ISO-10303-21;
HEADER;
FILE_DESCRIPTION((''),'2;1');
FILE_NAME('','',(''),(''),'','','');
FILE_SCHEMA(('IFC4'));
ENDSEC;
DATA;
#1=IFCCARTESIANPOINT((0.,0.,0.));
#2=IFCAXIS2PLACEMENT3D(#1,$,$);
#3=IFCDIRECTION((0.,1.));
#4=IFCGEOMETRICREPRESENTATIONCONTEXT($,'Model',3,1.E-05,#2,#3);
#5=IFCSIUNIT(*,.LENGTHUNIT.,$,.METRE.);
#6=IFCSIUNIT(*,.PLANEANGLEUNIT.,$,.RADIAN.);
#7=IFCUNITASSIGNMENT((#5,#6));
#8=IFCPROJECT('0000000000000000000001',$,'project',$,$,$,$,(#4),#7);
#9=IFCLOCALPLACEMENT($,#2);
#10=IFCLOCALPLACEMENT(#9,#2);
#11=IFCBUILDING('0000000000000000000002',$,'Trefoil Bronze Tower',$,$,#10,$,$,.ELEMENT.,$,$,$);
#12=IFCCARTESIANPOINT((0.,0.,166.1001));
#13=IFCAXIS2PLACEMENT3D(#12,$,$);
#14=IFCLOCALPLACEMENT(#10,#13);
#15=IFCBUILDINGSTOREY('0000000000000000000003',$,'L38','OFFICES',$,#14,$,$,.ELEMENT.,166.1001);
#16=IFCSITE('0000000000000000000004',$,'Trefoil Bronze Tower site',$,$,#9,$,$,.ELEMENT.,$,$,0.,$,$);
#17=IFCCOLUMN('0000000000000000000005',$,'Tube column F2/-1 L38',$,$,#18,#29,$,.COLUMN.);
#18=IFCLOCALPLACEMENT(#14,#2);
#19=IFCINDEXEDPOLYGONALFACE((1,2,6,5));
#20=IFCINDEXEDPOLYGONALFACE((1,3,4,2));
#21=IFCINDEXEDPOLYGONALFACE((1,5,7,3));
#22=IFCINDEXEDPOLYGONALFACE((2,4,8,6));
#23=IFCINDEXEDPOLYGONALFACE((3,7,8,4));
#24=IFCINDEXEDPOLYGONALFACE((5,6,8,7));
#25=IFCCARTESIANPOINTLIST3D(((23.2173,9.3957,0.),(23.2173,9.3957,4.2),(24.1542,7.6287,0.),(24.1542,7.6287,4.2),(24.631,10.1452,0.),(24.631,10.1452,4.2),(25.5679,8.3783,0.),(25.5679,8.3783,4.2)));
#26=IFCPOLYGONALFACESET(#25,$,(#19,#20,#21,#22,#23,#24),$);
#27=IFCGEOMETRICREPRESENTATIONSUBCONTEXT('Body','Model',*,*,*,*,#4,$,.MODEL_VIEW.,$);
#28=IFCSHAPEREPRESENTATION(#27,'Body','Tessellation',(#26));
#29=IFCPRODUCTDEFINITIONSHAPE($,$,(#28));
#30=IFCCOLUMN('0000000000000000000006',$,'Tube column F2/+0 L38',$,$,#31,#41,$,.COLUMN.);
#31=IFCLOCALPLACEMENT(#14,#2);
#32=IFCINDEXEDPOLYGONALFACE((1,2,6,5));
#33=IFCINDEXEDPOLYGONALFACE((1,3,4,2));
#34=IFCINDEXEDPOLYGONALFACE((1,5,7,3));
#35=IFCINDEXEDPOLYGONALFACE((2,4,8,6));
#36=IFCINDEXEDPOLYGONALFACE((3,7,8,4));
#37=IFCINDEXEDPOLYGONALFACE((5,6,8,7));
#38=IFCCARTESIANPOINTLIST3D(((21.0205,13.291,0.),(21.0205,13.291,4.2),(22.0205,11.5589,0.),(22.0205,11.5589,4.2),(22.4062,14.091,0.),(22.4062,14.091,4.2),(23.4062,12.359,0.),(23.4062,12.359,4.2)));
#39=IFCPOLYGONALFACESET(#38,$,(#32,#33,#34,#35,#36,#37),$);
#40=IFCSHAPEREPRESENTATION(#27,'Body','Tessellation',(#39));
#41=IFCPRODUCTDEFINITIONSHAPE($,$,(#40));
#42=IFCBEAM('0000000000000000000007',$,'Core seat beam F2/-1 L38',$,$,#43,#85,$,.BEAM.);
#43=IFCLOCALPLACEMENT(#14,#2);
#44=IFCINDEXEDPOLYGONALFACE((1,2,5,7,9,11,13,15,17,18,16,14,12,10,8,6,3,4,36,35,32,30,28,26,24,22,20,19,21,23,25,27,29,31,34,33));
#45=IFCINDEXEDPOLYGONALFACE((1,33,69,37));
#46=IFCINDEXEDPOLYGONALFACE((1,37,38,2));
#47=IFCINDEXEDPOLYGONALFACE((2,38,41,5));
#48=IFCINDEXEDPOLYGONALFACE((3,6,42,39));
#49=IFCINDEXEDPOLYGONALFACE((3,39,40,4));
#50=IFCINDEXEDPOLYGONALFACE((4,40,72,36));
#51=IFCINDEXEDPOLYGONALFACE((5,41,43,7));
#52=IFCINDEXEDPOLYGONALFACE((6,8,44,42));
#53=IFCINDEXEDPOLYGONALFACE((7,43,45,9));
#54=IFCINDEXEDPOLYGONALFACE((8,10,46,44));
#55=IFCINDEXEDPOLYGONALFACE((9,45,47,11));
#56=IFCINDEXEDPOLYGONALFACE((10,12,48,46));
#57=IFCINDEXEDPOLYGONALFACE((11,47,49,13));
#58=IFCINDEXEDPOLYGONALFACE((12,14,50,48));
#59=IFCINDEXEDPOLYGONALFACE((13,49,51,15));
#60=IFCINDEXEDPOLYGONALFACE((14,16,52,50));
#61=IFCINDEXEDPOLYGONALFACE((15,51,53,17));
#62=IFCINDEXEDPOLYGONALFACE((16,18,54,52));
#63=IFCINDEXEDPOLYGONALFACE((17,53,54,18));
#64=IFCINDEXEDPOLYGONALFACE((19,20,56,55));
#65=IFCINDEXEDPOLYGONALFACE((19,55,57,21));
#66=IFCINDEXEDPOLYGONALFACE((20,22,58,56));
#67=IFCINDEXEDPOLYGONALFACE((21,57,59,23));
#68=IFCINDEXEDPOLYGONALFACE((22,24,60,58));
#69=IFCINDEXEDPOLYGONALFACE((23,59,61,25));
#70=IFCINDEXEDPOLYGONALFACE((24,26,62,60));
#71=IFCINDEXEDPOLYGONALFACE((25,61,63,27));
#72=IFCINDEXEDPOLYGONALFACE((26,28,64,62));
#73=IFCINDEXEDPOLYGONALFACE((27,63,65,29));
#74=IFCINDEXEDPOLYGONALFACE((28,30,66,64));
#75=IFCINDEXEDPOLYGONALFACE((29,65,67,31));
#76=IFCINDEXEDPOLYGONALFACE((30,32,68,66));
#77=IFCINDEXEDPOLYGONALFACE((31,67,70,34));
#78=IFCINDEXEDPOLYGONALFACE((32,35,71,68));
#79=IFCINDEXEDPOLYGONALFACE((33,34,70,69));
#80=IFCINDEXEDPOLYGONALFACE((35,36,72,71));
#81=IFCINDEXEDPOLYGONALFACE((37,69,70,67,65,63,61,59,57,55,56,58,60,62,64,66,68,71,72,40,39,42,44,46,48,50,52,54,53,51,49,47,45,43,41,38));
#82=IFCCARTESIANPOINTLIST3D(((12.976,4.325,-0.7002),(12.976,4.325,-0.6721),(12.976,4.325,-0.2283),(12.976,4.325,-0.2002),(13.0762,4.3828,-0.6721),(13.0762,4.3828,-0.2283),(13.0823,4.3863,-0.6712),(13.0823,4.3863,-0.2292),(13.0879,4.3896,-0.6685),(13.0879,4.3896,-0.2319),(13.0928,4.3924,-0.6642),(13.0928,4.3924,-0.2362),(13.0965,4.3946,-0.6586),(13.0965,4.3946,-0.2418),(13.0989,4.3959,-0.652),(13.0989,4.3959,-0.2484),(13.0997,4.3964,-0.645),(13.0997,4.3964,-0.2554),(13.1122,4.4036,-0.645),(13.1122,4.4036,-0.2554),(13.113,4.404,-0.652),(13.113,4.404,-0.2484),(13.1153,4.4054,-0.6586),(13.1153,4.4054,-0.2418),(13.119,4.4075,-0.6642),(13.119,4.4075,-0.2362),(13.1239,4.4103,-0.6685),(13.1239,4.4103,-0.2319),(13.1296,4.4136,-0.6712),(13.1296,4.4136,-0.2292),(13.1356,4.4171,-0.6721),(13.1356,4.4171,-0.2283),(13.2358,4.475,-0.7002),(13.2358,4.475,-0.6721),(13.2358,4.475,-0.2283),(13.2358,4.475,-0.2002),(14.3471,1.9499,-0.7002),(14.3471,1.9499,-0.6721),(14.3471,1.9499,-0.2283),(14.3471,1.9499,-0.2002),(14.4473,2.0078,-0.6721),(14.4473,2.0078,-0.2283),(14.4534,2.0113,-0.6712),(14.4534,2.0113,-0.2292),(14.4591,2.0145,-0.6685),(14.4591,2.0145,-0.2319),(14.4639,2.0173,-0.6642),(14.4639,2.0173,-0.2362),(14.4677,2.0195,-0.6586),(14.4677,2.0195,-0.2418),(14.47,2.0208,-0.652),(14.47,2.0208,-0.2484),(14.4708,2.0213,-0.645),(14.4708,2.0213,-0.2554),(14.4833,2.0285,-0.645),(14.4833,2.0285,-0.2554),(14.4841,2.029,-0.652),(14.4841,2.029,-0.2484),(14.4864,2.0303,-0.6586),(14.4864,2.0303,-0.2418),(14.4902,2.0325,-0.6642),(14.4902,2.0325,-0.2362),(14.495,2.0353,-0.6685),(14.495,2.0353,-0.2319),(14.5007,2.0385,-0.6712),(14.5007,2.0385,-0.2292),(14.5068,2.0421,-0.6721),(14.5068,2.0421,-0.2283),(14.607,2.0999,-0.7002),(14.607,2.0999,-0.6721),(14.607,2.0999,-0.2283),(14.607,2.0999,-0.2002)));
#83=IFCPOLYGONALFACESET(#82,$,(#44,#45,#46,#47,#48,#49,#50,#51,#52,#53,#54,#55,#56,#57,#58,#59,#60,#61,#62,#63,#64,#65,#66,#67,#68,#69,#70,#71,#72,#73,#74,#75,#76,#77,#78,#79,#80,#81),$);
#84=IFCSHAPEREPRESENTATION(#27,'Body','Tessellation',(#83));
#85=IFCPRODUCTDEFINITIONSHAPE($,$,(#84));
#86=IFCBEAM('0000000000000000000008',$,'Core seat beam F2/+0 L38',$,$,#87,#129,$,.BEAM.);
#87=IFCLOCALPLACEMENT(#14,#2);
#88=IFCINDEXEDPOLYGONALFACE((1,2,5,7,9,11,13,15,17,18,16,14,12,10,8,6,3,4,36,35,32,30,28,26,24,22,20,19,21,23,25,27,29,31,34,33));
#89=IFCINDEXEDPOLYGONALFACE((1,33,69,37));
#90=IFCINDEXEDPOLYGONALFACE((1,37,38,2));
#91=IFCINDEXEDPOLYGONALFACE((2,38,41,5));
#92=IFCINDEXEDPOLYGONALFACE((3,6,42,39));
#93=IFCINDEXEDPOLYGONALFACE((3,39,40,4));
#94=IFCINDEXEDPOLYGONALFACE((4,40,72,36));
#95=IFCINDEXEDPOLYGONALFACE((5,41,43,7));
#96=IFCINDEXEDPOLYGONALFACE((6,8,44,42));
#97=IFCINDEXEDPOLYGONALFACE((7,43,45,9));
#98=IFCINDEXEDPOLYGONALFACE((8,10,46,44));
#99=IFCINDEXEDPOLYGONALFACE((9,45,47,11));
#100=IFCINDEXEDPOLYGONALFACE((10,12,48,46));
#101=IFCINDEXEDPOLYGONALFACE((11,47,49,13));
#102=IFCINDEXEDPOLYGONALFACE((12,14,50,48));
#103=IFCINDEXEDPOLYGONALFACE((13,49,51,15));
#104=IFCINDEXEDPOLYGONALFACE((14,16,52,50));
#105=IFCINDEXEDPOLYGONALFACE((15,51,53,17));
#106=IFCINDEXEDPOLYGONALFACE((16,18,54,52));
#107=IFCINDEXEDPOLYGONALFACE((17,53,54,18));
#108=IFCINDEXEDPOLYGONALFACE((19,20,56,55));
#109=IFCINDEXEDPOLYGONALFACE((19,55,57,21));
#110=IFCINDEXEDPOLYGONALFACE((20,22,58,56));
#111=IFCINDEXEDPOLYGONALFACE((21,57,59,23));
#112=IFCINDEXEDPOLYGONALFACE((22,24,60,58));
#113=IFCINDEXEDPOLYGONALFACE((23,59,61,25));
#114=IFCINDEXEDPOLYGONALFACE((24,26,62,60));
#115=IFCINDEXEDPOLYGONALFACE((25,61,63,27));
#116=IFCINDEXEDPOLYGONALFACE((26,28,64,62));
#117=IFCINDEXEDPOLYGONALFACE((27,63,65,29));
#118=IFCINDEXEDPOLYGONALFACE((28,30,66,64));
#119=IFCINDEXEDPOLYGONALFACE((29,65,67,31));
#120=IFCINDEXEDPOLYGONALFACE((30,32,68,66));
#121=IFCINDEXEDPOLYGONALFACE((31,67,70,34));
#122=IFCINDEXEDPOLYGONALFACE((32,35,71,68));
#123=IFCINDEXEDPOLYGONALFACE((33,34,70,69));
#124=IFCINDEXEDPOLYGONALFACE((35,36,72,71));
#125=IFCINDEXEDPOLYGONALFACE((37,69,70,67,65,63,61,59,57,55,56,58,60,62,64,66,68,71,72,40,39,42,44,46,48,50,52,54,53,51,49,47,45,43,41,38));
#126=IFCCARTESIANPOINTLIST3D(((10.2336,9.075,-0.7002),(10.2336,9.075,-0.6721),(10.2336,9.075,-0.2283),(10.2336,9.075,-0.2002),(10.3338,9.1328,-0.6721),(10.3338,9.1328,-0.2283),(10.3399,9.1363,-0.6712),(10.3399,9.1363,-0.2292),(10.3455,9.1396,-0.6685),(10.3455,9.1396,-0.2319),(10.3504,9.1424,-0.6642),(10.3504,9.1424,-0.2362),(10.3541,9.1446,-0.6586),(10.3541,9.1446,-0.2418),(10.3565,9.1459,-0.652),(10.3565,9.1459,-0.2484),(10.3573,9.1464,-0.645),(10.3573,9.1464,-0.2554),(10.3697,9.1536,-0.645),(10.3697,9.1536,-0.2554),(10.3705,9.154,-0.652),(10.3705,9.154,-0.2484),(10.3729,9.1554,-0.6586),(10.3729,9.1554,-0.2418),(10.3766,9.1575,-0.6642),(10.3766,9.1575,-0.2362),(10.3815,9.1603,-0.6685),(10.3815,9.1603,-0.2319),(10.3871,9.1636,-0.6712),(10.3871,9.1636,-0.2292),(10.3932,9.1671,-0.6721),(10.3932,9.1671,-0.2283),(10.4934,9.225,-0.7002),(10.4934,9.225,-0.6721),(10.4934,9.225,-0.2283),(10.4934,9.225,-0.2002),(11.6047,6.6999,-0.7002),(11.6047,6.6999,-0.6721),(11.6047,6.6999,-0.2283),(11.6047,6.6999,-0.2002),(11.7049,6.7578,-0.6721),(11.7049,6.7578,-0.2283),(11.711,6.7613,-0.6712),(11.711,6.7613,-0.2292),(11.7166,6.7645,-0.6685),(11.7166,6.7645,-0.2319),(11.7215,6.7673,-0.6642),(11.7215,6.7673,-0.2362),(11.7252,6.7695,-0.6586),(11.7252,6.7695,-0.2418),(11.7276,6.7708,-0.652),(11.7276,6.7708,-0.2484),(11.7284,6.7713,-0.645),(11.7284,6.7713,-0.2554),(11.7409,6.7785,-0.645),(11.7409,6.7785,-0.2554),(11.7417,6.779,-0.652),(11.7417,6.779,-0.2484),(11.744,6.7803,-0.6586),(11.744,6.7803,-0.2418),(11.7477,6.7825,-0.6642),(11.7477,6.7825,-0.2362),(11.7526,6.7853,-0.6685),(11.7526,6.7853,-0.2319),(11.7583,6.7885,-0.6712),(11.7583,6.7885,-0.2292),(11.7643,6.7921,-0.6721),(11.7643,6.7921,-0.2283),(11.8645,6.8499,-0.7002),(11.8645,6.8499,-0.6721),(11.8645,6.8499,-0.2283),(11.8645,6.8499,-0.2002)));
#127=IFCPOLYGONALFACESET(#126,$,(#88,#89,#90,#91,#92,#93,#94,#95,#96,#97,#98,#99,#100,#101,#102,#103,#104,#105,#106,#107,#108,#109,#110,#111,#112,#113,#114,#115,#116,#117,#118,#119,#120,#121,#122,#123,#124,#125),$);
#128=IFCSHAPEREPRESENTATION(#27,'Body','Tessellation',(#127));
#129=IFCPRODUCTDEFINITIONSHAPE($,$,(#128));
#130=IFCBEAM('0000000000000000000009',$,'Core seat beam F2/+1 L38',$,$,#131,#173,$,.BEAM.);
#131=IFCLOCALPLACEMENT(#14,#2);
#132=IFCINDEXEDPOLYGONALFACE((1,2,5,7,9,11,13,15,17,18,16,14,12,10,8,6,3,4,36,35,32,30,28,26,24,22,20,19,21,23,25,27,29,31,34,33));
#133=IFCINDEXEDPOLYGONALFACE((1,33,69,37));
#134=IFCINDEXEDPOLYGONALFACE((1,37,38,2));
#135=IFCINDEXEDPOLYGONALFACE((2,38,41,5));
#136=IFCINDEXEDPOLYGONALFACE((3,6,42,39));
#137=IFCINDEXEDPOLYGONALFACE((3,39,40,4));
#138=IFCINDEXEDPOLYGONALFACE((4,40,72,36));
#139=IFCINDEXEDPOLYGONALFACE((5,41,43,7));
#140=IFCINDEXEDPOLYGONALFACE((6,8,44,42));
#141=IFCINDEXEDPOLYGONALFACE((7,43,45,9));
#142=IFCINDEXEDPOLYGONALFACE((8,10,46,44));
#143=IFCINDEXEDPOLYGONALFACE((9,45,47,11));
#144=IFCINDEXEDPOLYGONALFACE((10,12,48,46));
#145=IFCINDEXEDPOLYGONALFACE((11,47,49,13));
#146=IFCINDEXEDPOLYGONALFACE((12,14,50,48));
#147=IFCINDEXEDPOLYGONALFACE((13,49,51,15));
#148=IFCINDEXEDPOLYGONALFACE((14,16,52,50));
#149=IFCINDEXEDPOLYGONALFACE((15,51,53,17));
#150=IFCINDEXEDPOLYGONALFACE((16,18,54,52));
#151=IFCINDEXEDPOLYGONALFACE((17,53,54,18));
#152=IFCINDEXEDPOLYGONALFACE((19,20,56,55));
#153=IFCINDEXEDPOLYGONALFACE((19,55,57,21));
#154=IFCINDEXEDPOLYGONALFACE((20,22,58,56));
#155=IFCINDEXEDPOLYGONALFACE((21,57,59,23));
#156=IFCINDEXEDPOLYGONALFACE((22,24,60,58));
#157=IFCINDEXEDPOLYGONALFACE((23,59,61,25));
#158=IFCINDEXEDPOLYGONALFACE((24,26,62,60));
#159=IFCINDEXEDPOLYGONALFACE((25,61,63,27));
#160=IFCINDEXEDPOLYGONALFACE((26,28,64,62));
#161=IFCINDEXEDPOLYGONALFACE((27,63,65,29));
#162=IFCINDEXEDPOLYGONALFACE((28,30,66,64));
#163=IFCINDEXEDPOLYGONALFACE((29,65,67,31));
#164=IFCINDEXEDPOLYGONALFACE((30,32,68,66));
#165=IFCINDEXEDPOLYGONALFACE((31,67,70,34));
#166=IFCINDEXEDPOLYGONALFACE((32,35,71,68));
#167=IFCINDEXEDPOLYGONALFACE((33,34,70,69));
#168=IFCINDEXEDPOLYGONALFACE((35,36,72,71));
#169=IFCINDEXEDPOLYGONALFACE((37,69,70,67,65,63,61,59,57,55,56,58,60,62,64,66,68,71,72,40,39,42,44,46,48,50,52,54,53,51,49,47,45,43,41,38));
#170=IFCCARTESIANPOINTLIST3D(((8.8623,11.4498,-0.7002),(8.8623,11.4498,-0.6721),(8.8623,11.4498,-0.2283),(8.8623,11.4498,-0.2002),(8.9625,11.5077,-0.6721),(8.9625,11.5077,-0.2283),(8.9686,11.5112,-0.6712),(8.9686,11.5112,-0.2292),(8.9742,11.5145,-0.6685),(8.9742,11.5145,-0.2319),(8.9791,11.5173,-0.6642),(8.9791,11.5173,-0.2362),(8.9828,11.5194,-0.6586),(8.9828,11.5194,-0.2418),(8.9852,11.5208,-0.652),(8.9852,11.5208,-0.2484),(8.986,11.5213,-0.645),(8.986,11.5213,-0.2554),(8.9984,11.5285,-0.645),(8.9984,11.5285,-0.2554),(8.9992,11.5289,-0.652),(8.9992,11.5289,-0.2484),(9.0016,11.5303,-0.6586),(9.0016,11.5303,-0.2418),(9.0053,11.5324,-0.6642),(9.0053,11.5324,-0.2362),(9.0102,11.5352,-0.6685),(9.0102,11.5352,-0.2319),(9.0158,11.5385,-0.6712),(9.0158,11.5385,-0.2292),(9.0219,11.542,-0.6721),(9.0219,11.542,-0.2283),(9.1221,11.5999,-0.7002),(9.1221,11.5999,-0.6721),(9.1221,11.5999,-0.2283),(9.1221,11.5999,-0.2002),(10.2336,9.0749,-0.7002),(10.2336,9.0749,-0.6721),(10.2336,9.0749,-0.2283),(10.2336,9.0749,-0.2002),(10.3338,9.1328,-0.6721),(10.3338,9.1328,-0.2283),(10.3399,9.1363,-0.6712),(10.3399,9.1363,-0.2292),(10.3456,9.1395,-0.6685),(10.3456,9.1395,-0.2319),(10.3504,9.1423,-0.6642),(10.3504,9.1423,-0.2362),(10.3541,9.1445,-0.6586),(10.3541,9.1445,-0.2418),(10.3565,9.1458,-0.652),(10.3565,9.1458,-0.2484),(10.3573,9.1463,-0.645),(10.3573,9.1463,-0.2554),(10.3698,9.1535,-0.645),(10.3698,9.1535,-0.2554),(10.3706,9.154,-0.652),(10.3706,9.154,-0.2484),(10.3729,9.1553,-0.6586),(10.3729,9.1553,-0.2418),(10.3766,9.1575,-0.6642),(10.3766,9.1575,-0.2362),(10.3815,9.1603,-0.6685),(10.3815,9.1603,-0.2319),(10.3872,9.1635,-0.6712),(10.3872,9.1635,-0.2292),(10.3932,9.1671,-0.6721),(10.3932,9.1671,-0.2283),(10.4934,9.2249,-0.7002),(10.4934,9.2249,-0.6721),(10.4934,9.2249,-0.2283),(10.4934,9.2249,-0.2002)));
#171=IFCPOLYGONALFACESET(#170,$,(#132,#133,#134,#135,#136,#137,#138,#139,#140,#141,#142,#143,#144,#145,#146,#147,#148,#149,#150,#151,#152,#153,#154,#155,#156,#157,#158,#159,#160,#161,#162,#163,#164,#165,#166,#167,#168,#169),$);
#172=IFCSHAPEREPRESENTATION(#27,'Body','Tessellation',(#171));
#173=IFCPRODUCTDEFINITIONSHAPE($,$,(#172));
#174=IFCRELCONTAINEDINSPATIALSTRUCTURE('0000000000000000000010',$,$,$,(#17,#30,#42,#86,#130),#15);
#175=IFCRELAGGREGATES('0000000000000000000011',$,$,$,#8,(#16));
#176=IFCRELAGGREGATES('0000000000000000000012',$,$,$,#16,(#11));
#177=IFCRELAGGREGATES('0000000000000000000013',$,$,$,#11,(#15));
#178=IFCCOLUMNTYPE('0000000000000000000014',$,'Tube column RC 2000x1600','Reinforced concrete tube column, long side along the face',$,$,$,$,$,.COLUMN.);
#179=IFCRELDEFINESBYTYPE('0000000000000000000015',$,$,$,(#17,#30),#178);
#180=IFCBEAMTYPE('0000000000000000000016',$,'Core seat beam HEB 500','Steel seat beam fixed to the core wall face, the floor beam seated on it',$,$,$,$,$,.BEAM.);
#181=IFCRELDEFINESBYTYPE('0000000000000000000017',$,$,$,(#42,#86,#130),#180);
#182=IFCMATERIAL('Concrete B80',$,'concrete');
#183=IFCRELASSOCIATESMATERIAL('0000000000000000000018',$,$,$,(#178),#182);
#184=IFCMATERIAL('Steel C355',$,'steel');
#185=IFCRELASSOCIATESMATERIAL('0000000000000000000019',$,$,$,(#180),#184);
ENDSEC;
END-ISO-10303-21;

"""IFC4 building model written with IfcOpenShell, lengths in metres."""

from ifc_helpers import new_model, si_unit, direction, frame, origin, origin_2d, place, context, subcontext, project, spatial, rectangle, i_section, extrude, material, material_profile, profile_set, type_object, element, save


model = new_model("IFC4")

# Units and contexts
model_context = context("Model", 3, precision=1e-05, world=origin(), true_north=direction((0.0, 1.0)))
body_context = subcontext(model_context, "Body", "Model", "MODEL_VIEW")
ifc_project = project(units=[si_unit("LENGTHUNIT", "METRE"), si_unit("PLANEANGLEUNIT", "RADIAN")], contexts=[model_context])

# Site, building, storey
site_placement = place(None, origin())
site = spatial("IfcSite", under=ifc_project, at=site_placement, Name="Trefoil Bronze Tower site", CompositionType="ELEMENT", RefElevation=0.0)
building_placement = place(site_placement, origin())
building = spatial("IfcBuilding", under=site, at=building_placement, Name="Trefoil Bronze Tower", CompositionType="ELEMENT")
storey_placement = place(building_placement, frame((0.0, 0.0, 166.1001)))
storey = spatial("IfcBuildingStorey", under=building, at=storey_placement, Name="L38", Description="OFFICES", CompositionType="ELEMENT", Elevation=166.1001)

# Columns
ifc_material_1 = material(Name="Concrete B80", Category="concrete")
ifc_material_profile_1 = material_profile(ifc_material_1, rectangle(XDim=2.0, YDim=1.6001, at=origin_2d()), Name="RC 2000x1600")
ifc_profile_set_1 = profile_set([ifc_material_profile_1], Name="Concrete B80")
column_type = type_object("IfcColumnType", Name="Tube column RC 2000x1600", Description="Reinforced concrete tube column, long side along the face", PredefinedType="COLUMN", material=ifc_profile_set_1)
for number, where, z_axis, x_axis, name in (
    (1, (24.3926, 8.887, 0.0), (0.0, 0.0, 1.0), (-0.468457, 0.883486, 0.0), "Tube column F2/-1 L38"),
    (2, (22.2134, 12.825, 0.0), (0.0, 0.0, 1.0), (-0.5, 0.866025, 0.0), "Tube column F2/+0 L38"),
):
    element("IfcColumn", number, at=place(storey_placement, frame(where, z_axis=z_axis, x_axis=x_axis)), inside=storey, type_object=column_type, Name=name, PredefinedType="COLUMN", context=body_context, shape_type="SweptSolid", body=[
        extrude(rectangle(XDim=2.0, YDim=1.6001, at=origin_2d()), origin(), (0.0, 0.0, 1.0), 4.2),
    ])

# Beams
ifc_material_2 = material(Name="Steel C355", Category="steel")
ifc_material_profile_2 = material_profile(ifc_material_2, i_section(OverallWidth=0.3, OverallDepth=0.5, WebThickness=0.0144, FlangeThickness=0.0281, FilletRadius=0.0271, at=origin_2d()), Name="HEB 500")
ifc_profile_set_2 = profile_set([ifc_material_profile_2], Name="Steel C355")
beam_type_1 = type_object("IfcBeamType", Name="Core seat beam HEB 500", Description="Steel seat beam fixed to the core wall face, the floor beam seated on it", PredefinedType="BEAM", material=ifc_profile_set_2)
for number, where, z_axis, x_axis, name in (
    (3, (14.4771, 2.0249, -0.4502), (-0.499969, 0.866043, 0.0), (-0.866043, -0.499969, 0.0), "Core seat beam F2/-1 L38"),
    (4, (11.7346, 6.7749, -0.4502), (-0.499969, 0.866043, 0.0), (-0.866043, -0.499969, 0.0), "Core seat beam F2/+0 L38"),
    (5, (10.3635, 9.1499, -0.4502), (-0.500036, 0.866005, 0.0), (-0.866005, -0.500036, 0.0), "Core seat beam F2/+1 L38"),
):
    element("IfcBeam", number, at=place(storey_placement, frame(where, z_axis=z_axis, x_axis=x_axis)), inside=storey, type_object=beam_type_1, Name=name, PredefinedType="BEAM", context=body_context, shape_type="SweptSolid", body=[
        extrude(i_section(OverallWidth=0.3, OverallDepth=0.5, WebThickness=0.0144, FlangeThickness=0.0281, FilletRadius=0.0271, at=origin_2d()), origin(), (0.0, 0.0, 1.0), 2.7424),
    ])

save(model, "model.ifc")
